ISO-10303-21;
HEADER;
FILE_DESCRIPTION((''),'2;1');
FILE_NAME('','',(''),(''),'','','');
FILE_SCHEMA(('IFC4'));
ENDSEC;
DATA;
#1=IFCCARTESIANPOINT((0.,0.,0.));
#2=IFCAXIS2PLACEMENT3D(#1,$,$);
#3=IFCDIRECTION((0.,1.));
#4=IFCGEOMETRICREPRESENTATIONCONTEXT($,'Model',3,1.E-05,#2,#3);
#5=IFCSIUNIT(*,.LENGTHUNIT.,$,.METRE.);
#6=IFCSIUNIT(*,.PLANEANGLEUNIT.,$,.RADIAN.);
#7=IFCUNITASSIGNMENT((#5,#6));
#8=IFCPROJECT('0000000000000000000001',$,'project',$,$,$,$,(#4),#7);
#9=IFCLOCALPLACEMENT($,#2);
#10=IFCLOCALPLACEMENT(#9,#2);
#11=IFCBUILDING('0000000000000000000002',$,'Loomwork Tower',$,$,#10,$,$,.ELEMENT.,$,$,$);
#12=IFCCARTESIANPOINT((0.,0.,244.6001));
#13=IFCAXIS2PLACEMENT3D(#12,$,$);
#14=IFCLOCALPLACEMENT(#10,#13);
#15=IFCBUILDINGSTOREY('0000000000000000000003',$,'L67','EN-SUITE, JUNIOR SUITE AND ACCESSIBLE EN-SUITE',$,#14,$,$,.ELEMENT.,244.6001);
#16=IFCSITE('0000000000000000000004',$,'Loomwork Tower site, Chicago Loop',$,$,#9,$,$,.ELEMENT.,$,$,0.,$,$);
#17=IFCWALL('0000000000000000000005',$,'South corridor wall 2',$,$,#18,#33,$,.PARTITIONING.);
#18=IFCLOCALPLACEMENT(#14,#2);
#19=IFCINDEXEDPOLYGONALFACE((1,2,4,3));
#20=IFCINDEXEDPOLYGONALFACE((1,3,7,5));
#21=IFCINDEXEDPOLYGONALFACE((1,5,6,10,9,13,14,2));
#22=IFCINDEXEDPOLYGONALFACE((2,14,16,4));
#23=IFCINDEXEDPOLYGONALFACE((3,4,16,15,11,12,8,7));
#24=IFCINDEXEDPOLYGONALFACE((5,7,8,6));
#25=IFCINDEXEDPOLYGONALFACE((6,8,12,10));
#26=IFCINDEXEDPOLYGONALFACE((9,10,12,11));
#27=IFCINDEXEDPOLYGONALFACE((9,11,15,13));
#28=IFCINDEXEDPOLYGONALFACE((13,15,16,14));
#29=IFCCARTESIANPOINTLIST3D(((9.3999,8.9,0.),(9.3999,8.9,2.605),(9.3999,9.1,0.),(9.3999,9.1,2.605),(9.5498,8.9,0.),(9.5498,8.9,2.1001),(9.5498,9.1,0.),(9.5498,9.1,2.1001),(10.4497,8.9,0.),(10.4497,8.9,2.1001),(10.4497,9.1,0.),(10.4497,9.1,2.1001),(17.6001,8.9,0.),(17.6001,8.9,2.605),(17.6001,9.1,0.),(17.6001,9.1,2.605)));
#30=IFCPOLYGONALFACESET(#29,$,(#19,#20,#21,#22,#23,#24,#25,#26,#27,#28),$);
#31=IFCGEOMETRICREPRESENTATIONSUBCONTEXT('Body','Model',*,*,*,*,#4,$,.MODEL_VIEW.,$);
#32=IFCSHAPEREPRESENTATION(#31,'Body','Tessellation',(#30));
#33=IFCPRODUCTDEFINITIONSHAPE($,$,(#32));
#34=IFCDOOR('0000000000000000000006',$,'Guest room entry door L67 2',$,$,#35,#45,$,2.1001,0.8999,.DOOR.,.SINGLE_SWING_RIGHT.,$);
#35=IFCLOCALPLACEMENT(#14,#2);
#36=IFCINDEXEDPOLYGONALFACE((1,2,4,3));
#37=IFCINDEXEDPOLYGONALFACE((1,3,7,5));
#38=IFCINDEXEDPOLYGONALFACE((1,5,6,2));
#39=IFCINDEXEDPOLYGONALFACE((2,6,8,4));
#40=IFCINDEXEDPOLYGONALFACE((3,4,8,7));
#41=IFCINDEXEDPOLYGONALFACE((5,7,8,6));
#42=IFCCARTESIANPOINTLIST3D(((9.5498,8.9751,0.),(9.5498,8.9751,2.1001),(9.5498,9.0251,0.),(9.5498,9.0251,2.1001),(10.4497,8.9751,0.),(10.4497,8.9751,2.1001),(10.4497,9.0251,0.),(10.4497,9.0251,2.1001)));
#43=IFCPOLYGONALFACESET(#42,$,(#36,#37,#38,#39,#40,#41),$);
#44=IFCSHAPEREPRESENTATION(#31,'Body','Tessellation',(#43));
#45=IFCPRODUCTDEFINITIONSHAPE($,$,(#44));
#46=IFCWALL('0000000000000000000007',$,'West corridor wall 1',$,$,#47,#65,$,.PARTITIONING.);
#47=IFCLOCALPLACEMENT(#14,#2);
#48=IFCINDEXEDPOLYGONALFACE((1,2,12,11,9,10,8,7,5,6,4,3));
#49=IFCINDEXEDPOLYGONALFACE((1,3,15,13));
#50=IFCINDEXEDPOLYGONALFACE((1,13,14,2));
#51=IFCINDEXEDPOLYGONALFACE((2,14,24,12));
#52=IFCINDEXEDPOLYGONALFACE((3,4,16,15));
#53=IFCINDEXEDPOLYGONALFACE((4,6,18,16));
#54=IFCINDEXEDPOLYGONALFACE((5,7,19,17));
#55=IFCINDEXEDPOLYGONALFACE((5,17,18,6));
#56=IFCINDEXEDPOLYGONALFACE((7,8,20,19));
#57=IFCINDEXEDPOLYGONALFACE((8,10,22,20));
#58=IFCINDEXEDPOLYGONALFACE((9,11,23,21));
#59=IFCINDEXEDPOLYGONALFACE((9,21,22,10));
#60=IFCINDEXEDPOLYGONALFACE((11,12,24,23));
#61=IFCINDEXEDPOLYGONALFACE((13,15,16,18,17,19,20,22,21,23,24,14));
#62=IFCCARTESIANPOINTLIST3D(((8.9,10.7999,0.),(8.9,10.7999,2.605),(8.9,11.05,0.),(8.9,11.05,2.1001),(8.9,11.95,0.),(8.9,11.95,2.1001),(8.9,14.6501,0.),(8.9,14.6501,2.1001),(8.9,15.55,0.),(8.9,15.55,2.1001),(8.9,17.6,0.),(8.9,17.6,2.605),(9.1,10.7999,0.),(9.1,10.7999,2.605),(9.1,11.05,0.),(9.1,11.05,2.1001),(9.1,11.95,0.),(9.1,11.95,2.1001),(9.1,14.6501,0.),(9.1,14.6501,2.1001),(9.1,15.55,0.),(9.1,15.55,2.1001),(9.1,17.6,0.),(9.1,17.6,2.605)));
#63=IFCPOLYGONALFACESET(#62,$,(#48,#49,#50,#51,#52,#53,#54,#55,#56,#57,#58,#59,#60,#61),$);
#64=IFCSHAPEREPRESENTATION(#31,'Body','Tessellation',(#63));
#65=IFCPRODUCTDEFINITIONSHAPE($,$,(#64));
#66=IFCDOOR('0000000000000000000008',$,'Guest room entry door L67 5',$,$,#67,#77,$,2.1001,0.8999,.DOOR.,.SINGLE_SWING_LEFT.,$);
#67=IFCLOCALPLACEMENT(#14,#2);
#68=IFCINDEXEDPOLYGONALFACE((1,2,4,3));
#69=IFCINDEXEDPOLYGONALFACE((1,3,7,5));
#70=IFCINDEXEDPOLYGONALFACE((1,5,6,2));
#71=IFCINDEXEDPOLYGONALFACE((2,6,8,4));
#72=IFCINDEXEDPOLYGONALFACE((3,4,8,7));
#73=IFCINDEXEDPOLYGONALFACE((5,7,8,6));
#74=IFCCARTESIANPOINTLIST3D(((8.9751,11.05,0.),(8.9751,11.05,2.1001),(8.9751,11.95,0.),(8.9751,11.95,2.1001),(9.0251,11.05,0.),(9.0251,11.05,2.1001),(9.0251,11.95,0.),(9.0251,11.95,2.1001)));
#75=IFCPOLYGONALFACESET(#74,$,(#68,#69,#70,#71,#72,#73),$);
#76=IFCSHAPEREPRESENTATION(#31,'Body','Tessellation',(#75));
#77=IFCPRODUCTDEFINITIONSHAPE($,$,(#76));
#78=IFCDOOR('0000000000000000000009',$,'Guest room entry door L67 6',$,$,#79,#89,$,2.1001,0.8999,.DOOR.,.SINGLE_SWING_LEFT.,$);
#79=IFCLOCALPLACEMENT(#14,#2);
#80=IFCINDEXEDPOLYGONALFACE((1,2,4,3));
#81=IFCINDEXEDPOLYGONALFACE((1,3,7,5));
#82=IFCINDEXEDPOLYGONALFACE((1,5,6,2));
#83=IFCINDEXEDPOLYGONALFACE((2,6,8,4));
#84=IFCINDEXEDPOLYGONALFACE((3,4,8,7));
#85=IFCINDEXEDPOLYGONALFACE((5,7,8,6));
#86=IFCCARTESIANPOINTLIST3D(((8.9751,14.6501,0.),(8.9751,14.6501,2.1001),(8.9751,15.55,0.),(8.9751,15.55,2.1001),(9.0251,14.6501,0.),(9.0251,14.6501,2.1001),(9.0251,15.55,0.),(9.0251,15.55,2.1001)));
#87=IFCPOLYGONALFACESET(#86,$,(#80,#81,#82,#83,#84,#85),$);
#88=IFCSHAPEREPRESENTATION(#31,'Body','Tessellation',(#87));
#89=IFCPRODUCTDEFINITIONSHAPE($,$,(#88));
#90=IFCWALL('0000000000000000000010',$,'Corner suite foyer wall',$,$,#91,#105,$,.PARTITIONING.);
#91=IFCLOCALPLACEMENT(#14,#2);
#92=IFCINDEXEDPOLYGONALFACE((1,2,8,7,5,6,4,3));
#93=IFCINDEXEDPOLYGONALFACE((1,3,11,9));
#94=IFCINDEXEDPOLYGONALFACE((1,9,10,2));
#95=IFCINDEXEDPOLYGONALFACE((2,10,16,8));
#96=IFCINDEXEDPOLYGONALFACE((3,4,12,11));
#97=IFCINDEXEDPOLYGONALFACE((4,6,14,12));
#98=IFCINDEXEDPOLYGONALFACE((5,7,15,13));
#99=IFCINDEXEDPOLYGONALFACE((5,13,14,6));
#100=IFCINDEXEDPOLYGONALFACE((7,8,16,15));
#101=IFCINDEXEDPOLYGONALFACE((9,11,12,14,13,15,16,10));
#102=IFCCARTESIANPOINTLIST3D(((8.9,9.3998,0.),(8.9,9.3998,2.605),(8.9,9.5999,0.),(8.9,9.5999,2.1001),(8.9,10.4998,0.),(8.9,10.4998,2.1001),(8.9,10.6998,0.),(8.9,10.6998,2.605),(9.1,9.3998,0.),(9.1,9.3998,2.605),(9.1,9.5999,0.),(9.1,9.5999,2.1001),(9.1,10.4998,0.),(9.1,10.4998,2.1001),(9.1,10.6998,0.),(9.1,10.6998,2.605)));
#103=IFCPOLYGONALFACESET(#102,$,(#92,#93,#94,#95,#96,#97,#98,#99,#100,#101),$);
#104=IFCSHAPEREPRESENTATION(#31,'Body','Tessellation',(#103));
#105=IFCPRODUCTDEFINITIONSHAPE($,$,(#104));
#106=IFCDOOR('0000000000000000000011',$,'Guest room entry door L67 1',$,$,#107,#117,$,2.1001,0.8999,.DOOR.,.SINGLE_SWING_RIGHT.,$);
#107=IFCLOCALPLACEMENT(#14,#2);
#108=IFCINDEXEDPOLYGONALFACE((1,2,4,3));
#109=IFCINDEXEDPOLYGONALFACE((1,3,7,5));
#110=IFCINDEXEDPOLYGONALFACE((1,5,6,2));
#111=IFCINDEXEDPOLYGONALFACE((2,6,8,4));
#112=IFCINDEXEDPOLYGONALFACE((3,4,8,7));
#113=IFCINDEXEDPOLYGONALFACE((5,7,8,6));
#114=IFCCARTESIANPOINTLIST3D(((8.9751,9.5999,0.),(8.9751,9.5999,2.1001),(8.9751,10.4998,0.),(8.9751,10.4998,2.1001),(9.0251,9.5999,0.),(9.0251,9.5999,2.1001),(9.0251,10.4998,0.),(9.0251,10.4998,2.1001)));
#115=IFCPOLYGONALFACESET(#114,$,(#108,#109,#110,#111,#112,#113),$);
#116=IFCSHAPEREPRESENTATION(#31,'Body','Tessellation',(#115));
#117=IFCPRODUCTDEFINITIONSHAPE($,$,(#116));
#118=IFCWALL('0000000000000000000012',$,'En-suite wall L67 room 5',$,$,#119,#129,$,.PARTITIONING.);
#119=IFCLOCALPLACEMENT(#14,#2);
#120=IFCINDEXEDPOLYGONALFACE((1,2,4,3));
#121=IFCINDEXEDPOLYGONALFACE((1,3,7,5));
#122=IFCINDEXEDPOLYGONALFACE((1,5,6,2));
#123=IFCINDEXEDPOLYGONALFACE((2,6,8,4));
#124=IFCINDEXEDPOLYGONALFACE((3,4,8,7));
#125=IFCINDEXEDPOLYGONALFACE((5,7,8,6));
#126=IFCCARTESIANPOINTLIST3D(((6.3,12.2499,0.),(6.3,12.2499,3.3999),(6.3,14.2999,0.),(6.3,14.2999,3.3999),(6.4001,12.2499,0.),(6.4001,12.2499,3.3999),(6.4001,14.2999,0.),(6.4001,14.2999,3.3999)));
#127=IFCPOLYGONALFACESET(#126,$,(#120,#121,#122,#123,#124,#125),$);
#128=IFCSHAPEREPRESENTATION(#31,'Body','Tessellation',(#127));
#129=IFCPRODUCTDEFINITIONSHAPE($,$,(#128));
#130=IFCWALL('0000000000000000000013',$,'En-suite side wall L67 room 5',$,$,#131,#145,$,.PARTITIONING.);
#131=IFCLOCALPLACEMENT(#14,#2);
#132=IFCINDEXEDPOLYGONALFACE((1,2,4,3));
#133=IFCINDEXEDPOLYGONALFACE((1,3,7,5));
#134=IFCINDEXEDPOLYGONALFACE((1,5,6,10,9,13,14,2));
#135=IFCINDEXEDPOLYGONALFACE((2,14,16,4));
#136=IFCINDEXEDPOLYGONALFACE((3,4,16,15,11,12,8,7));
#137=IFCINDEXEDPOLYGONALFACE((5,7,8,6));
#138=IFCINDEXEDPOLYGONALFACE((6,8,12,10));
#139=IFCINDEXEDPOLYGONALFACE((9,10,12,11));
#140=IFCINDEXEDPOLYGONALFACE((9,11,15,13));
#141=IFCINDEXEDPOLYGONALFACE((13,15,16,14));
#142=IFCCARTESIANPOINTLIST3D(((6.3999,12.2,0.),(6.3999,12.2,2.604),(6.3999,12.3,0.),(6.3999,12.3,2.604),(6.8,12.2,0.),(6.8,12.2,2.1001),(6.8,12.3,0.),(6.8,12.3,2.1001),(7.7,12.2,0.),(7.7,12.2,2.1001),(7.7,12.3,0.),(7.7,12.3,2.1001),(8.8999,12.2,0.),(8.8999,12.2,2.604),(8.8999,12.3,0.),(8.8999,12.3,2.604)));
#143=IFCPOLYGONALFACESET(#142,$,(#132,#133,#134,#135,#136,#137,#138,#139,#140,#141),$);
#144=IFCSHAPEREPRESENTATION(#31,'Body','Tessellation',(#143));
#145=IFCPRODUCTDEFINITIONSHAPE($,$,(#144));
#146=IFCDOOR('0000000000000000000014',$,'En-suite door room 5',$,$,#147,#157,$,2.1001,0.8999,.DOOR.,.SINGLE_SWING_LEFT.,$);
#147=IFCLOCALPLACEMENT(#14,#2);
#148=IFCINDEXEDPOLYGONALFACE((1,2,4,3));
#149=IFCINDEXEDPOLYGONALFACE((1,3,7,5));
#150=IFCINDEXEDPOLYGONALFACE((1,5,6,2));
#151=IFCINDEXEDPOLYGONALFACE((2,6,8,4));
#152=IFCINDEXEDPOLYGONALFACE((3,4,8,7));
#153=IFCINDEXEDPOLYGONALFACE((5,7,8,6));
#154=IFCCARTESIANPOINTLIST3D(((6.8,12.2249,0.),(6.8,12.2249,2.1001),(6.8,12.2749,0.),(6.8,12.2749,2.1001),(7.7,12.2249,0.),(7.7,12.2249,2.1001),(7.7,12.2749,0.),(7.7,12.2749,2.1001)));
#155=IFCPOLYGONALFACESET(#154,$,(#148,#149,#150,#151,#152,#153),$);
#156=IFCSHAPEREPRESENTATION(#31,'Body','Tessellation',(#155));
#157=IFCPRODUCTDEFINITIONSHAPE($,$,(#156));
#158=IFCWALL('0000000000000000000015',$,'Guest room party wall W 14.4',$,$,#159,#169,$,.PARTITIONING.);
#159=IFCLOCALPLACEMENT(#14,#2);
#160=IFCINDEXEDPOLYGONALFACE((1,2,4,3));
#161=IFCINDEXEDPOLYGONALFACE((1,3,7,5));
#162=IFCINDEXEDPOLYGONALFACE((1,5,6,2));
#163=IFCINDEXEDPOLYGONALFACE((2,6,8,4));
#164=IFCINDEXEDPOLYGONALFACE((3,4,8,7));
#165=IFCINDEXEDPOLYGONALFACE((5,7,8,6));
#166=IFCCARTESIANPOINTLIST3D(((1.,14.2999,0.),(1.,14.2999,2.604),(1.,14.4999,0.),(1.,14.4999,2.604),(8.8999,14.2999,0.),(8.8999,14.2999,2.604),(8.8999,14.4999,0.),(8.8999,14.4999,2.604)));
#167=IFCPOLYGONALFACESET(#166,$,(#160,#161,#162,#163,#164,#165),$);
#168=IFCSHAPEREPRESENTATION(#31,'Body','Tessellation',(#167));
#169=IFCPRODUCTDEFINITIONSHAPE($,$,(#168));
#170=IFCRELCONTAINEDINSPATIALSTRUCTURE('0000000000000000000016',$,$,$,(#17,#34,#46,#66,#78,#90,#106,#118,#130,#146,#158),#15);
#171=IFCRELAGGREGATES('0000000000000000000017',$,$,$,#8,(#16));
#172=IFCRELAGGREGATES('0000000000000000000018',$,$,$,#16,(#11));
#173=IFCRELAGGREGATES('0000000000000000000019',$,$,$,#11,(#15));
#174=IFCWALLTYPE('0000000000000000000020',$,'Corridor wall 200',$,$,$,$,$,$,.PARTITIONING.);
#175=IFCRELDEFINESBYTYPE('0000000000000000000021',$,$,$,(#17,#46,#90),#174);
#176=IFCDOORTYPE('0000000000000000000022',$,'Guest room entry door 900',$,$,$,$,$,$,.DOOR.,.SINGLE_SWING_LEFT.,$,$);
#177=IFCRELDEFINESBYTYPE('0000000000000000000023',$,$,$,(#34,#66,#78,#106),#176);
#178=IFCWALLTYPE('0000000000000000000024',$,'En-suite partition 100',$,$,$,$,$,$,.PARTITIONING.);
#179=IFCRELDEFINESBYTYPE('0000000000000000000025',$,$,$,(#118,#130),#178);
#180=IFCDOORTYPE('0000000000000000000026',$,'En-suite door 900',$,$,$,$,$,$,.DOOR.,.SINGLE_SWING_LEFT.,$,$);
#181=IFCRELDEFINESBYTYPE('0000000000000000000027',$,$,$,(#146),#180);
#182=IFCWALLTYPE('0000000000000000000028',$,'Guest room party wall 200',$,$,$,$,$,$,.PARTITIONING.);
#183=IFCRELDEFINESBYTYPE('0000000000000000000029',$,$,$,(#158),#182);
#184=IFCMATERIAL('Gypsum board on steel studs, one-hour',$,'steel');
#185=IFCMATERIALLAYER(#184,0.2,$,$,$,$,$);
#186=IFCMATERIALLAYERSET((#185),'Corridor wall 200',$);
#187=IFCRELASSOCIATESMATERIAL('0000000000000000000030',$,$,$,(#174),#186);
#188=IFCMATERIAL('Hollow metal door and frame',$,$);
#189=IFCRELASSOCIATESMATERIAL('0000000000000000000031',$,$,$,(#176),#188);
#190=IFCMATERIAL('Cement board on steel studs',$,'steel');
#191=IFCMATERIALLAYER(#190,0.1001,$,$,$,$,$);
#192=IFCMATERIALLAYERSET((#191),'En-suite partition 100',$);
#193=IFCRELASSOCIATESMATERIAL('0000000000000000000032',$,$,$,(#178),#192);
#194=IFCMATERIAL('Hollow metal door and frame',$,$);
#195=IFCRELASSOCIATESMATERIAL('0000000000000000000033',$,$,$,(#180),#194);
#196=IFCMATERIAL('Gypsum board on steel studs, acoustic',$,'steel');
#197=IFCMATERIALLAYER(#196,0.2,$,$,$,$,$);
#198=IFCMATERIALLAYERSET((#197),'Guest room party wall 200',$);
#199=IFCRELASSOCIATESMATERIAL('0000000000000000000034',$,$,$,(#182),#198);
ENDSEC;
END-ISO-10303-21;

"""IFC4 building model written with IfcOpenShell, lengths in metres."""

from ifc_helpers import new_model, si_unit, direction, frame, frame_2d, origin, place, context, subcontext, project, spatial, rectangle, extrude, material, layer, layer_set, type_object, element, fill, save


model = new_model("IFC4")

# Units and contexts
model_context = context("Model", 3, precision=1e-05, world=origin(), true_north=direction((0.0, 1.0)))
body_context = subcontext(model_context, "Body", "Model", "MODEL_VIEW")
ifc_project = project(units=[si_unit("LENGTHUNIT", "METRE"), si_unit("PLANEANGLEUNIT", "RADIAN")], contexts=[model_context])

# Site, building, storey
site_placement = place(None, origin())
site = spatial("IfcSite", under=ifc_project, at=site_placement, Name="Loomwork Tower site, Chicago Loop", CompositionType="ELEMENT", RefElevation=0.0)
building_placement = place(site_placement, origin())
building = spatial("IfcBuilding", under=site, at=building_placement, Name="Loomwork Tower", CompositionType="ELEMENT")
storey_placement = place(building_placement, frame((0.0, 0.0, 244.6001)))
storey = spatial("IfcBuildingStorey", under=building, at=storey_placement, Name="L67", Description="EN-SUITE, JUNIOR SUITE AND ACCESSIBLE EN-SUITE", CompositionType="ELEMENT", Elevation=244.6001)

# Wall, opening, door
ifc_material_1 = material(Name="Gypsum board on steel studs, one-hour", Category="steel")
ifc_layer_1 = layer(ifc_material_1, 0.2)
ifc_layer_set_1 = layer_set([ifc_layer_1], Name="Corridor wall 200")
wall_type_1 = type_object("IfcWallType", Name="Corridor wall 200", PredefinedType="PARTITIONING", material=ifc_layer_set_1)
wall_1_placement = place(storey_placement, frame((9.3999, 9.0, 0.0), z_axis=(0.0, 0.0, 1.0), x_axis=(1.0, 0.0, 0.0)))
wall_1 = element("IfcWall", 1, at=wall_1_placement, inside=storey, type_object=wall_type_1, Name="South corridor wall 2", PredefinedType="PARTITIONING", context=body_context, shape_type="SweptSolid", body=[
    extrude(rectangle(XDim=8.2002, YDim=0.2, at=frame_2d((4.1001, 0.0))), origin(), (0.0, 0.0, 1.0), 2.605),
])
opening_1_placement = place(wall_1_placement, frame((0.1499, 0.0, 0.0)))
opening_1 = element("IfcOpeningElement", 2, at=opening_1_placement, cuts=wall_1, PredefinedType="OPENING", context=body_context, shape_type="SweptSolid", body=[
    extrude(rectangle(XDim=0.8999, YDim=2.1001, at=frame_2d((0.45, 1.05))), frame((0.0, 0.1099, 0.0), z_axis=(0.0, -1.0, 0.0), x_axis=(1.0, 0.0, 0.0)), (0.0, 0.0, 1.0), 0.22),
])
ifc_material_2 = material(Name="Hollow metal door and frame")
door_type_1 = type_object("IfcDoorType", Name="Guest room entry door 900", OperationType="SINGLE_SWING_LEFT", PredefinedType="DOOR", material=ifc_material_2)
door_1_placement = place(opening_1_placement, frame((0.8999, 0.0, 0.0), z_axis=(0.0, 0.0, 1.0), x_axis=(-1.0, 0.0, 0.0)))
door_1 = element("IfcDoor", 3, at=door_1_placement, inside=storey, type_object=door_type_1, Name="Guest room entry door L67 2", OperationType="SINGLE_SWING_RIGHT", OverallHeight=2.1001, OverallWidth=0.8999, PredefinedType="DOOR", context=body_context, shape_type="SweptSolid", body=[
    extrude(rectangle(XDim=0.8999, YDim=2.1001, at=frame_2d((0.45, 1.05))), frame((0.0, 0.0249, 0.0), z_axis=(0.0, -1.0, 0.0), x_axis=(1.0, 0.0, 0.0)), (0.0, 0.0, 1.0), 0.05),
])
fill(opening_1, door_1)

# Wall, openings, doors
wall_2_placement = place(storey_placement, frame((9.0, 10.8, 0.0), z_axis=(0.0, 0.0, 1.0), x_axis=(0.0, 1.0, 0.0)))
wall_2 = element("IfcWall", 4, at=wall_2_placement, inside=storey, type_object=wall_type_1, Name="West corridor wall 1", PredefinedType="PARTITIONING", context=body_context, shape_type="SweptSolid", body=[
    extrude(rectangle(XDim=6.8, YDim=0.2, at=frame_2d((3.3999, 0.0))), origin(), (0.0, 0.0, 1.0), 2.605),
])
opening_2_placement = place(wall_2_placement, frame((0.25, 0.0, 0.0)))
opening_2 = element("IfcOpeningElement", 5, at=opening_2_placement, cuts=wall_2, PredefinedType="OPENING", context=body_context, shape_type="SweptSolid", body=[
    extrude(rectangle(XDim=0.8999, YDim=2.1001, at=frame_2d((0.45, 1.05))), frame((0.0, 0.1099, 0.0), z_axis=(0.0, -1.0, 0.0), x_axis=(1.0, 0.0, 0.0)), (0.0, 0.0, 1.0), 0.22),
])
opening_3_placement = place(wall_2_placement, frame((3.8501, 0.0, 0.0)))
opening_3 = element("IfcOpeningElement", 6, at=opening_3_placement, cuts=wall_2, PredefinedType="OPENING", context=body_context, shape_type="SweptSolid", body=[
    extrude(rectangle(XDim=0.8999, YDim=2.1001, at=frame_2d((0.45, 1.05))), frame((0.0, 0.1099, 0.0), z_axis=(0.0, -1.0, 0.0), x_axis=(1.0, 0.0, 0.0)), (0.0, 0.0, 1.0), 0.22),
])
door_2_placement = place(opening_2_placement, origin())
door_2 = element("IfcDoor", 7, at=door_2_placement, inside=storey, type_object=door_type_1, Name="Guest room entry door L67 5", OperationType="SINGLE_SWING_LEFT", OverallHeight=2.1001, OverallWidth=0.8999, PredefinedType="DOOR", context=body_context, shape_type="SweptSolid", body=[
    extrude(rectangle(XDim=0.8999, YDim=2.1001, at=frame_2d((0.45, 1.05))), frame((0.0, 0.0249, 0.0), z_axis=(0.0, -1.0, 0.0), x_axis=(1.0, 0.0, 0.0)), (0.0, 0.0, 1.0), 0.05),
])
fill(opening_2, door_2)
door_3_placement = place(opening_3_placement, origin())
door_3 = element("IfcDoor", 8, at=door_3_placement, inside=storey, type_object=door_type_1, Name="Guest room entry door L67 6", OperationType="SINGLE_SWING_LEFT", OverallHeight=2.1001, OverallWidth=0.8999, PredefinedType="DOOR", context=body_context, shape_type="SweptSolid", body=[
    extrude(rectangle(XDim=0.8999, YDim=2.1001, at=frame_2d((0.45, 1.05))), frame((0.0, 0.0249, 0.0), z_axis=(0.0, -1.0, 0.0), x_axis=(1.0, 0.0, 0.0)), (0.0, 0.0, 1.0), 0.05),
])
fill(opening_3, door_3)

# Wall, opening, door
wall_3_placement = place(storey_placement, frame((9.0, 9.3999, 0.0), z_axis=(0.0, 0.0, 1.0), x_axis=(0.0, 1.0, 0.0)))
wall_3 = element("IfcWall", 9, at=wall_3_placement, inside=storey, type_object=wall_type_1, Name="Corner suite foyer wall", PredefinedType="PARTITIONING", context=body_context, shape_type="SweptSolid", body=[
    extrude(rectangle(XDim=1.3, YDim=0.2, at=frame_2d((0.6499, 0.0))), origin(), (0.0, 0.0, 1.0), 2.605),
])
opening_4_placement = place(wall_3_placement, frame((0.2, 0.0, 0.0)))
opening_4 = element("IfcOpeningElement", 10, at=opening_4_placement, cuts=wall_3, PredefinedType="OPENING", context=body_context, shape_type="SweptSolid", body=[
    extrude(rectangle(XDim=0.8999, YDim=2.1001, at=frame_2d((0.45, 1.05))), frame((0.0, 0.1099, 0.0), z_axis=(0.0, -1.0, 0.0), x_axis=(1.0, 0.0, 0.0)), (0.0, 0.0, 1.0), 0.22),
])
door_4_placement = place(opening_4_placement, origin())
door_4 = element("IfcDoor", 11, at=door_4_placement, inside=storey, type_object=door_type_1, Name="Guest room entry door L67 1", OperationType="SINGLE_SWING_RIGHT", OverallHeight=2.1001, OverallWidth=0.8999, PredefinedType="DOOR", context=body_context, shape_type="SweptSolid", body=[
    extrude(rectangle(XDim=0.8999, YDim=2.1001, at=frame_2d((0.45, 1.05))), frame((0.0, 0.0249, 0.0), z_axis=(0.0, -1.0, 0.0), x_axis=(1.0, 0.0, 0.0)), (0.0, 0.0, 1.0), 0.05),
])
fill(opening_4, door_4)

# Wall
ifc_material_3 = material(Name="Cement board on steel studs", Category="steel")
ifc_layer_2 = layer(ifc_material_3, 0.1001)
ifc_layer_set_2 = layer_set([ifc_layer_2], Name="En-suite partition 100")
wall_type_2 = type_object("IfcWallType", Name="En-suite partition 100", PredefinedType="PARTITIONING", material=ifc_layer_set_2)
wall_4_placement = place(storey_placement, frame((6.3501, 12.25, 0.0), z_axis=(0.0, 0.0, 1.0), x_axis=(0.0, 1.0, 0.0)))
element("IfcWall", 12, at=wall_4_placement, inside=storey, type_object=wall_type_2, Name="En-suite wall L67 room 5", PredefinedType="PARTITIONING", context=body_context, shape_type="SweptSolid", body=[
    extrude(rectangle(XDim=2.05, YDim=0.1001, at=frame_2d((1.0249, 0.0))), origin(), (0.0, 0.0, 1.0), 3.3999),
])

# Wall, opening, door
wall_5_placement = place(storey_placement, frame((8.8999, 12.25, 0.0), z_axis=(0.0, 0.0, 1.0), x_axis=(-1.0, 0.0, 0.0)))
wall_5 = element("IfcWall", 13, at=wall_5_placement, inside=storey, type_object=wall_type_2, Name="En-suite side wall L67 room 5", PredefinedType="PARTITIONING", context=body_context, shape_type="SweptSolid", body=[
    extrude(rectangle(XDim=2.5, YDim=0.1001, at=frame_2d((1.25, 0.0))), origin(), (0.0, 0.0, 1.0), 2.604),
])
opening_5_placement = place(wall_5_placement, frame((1.2, 0.0, 0.0)))
opening_5 = element("IfcOpeningElement", 14, at=opening_5_placement, cuts=wall_5, PredefinedType="OPENING", context=body_context, shape_type="SweptSolid", body=[
    extrude(rectangle(XDim=0.8999, YDim=2.1001, at=frame_2d((0.45, 1.05))), frame((0.0, 0.0601, 0.0), z_axis=(0.0, -1.0, 0.0), x_axis=(1.0, 0.0, 0.0)), (0.0, 0.0, 1.0), 0.1201),
])
ifc_material_4 = material(Name="Hollow metal door and frame")
door_type_2 = type_object("IfcDoorType", Name="En-suite door 900", OperationType="SINGLE_SWING_LEFT", PredefinedType="DOOR", material=ifc_material_4)
door_5_placement = place(opening_5_placement, frame((0.8999, 0.0, 0.0), z_axis=(0.0, 0.0, 1.0), x_axis=(-1.0, 0.0, 0.0)))
door_5 = element("IfcDoor", 15, at=door_5_placement, inside=storey, type_object=door_type_2, Name="En-suite door room 5", OperationType="SINGLE_SWING_LEFT", OverallHeight=2.1001, OverallWidth=0.8999, PredefinedType="DOOR", context=body_context, shape_type="SweptSolid", body=[
    extrude(rectangle(XDim=0.8999, YDim=2.1001, at=frame_2d((0.45, 1.05))), frame((0.0, 0.0249, 0.0), z_axis=(0.0, -1.0, 0.0), x_axis=(1.0, 0.0, 0.0)), (0.0, 0.0, 1.0), 0.05),
])
fill(opening_5, door_5)

# Wall
ifc_material_5 = material(Name="Gypsum board on steel studs, acoustic", Category="steel")
ifc_layer_3 = layer(ifc_material_5, 0.2)
ifc_layer_set_3 = layer_set([ifc_layer_3], Name="Guest room party wall 200")
wall_type_3 = type_object("IfcWallType", Name="Guest room party wall 200", PredefinedType="PARTITIONING", material=ifc_layer_set_3)
wall_6_placement = place(storey_placement, frame((8.8999, 14.3999, 0.0), z_axis=(0.0, 0.0, 1.0), x_axis=(-1.0, 0.0, 0.0)))
element("IfcWall", 16, at=wall_6_placement, inside=storey, type_object=wall_type_3, Name="Guest room party wall W 14.4", PredefinedType="PARTITIONING", context=body_context, shape_type="SweptSolid", body=[
    extrude(rectangle(XDim=7.8999, YDim=0.2, at=frame_2d((3.95, 0.0))), origin(), (0.0, 0.0, 1.0), 2.604),
])

save(model, "model.ifc")
